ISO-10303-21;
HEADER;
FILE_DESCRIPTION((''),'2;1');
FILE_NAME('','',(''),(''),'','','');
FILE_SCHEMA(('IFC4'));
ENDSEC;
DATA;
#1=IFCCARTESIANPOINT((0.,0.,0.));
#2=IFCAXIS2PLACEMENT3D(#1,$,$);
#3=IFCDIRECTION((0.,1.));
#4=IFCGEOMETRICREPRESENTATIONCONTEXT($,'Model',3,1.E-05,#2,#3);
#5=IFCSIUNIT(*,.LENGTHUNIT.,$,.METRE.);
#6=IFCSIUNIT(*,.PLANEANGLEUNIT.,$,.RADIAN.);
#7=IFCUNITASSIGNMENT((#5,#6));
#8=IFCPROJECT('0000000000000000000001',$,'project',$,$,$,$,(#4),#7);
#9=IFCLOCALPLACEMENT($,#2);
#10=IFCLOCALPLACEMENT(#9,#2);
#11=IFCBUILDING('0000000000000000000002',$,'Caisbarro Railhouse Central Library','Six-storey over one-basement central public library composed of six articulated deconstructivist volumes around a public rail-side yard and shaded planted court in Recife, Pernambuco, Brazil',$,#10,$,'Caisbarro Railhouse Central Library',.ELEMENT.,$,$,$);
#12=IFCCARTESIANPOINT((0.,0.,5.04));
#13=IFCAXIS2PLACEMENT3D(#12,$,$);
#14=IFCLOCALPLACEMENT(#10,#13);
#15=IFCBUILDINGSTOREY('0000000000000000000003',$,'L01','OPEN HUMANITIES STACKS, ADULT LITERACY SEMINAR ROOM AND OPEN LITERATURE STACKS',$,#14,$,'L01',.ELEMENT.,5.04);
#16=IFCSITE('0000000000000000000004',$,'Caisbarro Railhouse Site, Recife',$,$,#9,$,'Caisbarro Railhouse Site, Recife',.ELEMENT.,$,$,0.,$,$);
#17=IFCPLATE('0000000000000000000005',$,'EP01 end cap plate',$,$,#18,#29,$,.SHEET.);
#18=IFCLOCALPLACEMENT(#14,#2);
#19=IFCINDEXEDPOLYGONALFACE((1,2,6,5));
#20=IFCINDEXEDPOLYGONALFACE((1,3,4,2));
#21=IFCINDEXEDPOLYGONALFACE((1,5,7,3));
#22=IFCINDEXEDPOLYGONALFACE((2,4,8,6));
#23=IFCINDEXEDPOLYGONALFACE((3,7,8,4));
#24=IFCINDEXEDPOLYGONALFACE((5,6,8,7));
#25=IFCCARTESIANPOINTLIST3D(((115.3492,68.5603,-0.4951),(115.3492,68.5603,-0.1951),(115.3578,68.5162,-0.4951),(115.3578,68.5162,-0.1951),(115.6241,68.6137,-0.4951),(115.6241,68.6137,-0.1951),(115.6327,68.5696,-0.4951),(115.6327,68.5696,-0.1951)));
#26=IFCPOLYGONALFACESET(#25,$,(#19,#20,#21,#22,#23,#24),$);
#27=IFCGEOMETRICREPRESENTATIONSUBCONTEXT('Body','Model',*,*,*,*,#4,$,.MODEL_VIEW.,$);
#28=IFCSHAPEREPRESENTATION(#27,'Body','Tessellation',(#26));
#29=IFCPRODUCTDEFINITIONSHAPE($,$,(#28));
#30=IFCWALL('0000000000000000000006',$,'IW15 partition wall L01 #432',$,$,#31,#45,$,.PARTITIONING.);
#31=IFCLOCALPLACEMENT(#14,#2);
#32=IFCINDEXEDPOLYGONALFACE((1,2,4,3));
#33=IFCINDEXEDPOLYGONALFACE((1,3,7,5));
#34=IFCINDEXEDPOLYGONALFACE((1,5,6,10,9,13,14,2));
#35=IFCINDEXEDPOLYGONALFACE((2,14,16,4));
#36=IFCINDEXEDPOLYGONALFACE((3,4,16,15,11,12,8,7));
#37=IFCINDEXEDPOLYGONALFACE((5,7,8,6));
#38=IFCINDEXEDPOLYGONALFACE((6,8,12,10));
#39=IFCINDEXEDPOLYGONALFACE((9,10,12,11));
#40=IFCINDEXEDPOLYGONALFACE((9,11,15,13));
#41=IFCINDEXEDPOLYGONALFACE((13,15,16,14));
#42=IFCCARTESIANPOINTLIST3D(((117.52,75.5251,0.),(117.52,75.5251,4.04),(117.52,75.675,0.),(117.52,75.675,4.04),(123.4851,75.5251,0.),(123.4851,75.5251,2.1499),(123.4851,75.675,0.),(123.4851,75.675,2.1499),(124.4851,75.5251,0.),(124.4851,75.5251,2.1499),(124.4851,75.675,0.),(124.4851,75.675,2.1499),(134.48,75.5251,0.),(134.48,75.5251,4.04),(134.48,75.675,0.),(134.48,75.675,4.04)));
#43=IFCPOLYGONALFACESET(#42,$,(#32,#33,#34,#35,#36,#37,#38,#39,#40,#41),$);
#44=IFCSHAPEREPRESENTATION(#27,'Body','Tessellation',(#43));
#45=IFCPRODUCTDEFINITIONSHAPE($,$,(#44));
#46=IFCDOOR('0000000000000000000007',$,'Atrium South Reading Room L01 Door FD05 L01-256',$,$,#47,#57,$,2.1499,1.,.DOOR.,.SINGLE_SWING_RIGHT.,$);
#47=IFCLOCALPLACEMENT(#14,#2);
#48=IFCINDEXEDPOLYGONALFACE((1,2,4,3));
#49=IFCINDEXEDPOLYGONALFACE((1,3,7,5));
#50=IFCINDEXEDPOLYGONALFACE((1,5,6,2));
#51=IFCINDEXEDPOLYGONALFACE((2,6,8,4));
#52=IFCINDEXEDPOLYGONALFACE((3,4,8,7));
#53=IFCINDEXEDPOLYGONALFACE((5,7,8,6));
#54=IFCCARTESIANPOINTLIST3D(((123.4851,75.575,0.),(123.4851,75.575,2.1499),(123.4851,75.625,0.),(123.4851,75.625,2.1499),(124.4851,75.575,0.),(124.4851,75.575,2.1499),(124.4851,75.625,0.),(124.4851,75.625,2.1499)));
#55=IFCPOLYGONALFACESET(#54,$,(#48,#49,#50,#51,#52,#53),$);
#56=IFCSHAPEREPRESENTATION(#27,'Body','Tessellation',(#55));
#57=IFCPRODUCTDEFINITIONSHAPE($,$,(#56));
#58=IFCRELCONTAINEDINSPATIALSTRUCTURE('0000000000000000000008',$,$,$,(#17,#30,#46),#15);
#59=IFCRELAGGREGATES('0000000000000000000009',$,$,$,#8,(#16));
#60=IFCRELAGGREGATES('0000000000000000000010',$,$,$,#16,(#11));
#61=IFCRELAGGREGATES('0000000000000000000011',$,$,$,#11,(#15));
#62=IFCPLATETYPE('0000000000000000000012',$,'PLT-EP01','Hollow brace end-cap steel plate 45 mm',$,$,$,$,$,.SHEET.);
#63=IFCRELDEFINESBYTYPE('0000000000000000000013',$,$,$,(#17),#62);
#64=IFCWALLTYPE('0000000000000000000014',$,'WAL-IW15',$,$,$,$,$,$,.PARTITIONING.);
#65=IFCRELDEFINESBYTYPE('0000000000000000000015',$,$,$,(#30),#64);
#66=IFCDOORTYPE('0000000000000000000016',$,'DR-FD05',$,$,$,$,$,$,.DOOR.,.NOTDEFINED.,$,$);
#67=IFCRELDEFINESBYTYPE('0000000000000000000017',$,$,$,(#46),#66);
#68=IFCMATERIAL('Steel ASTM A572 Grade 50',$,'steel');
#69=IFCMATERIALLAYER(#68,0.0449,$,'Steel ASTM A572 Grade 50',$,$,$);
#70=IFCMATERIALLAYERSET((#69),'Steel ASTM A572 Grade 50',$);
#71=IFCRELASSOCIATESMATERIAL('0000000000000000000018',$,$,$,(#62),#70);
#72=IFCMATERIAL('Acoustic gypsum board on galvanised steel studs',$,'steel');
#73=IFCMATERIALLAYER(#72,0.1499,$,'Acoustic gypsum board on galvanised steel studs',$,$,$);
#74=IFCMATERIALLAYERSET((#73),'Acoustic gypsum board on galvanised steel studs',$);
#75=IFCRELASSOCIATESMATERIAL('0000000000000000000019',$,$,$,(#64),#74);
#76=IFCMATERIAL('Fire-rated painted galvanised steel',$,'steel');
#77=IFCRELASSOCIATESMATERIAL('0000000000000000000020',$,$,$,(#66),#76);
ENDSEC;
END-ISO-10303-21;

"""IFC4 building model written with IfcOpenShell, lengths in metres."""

from ifc_helpers import new_model, si_unit, direction, frame, frame_2d, origin, origin_2d, place, context, subcontext, project, spatial, rectangle, extrude, material, layer, layer_set, type_object, element, fill, save


model = new_model("IFC4")

# Units and contexts
model_context = context("Model", 3, precision=1e-05, world=origin(), true_north=direction((0.0, 1.0)))
body_context = subcontext(model_context, "Body", "Model", "MODEL_VIEW")
ifc_project = project(units=[si_unit("LENGTHUNIT", "METRE"), si_unit("PLANEANGLEUNIT", "RADIAN")], contexts=[model_context])

# Site, building, storey
site_placement = place(None, origin())
site = spatial("IfcSite", under=ifc_project, at=site_placement, Name="Caisbarro Railhouse Site, Recife", LongName="Caisbarro Railhouse Site, Recife", CompositionType="ELEMENT", RefElevation=0.0)
building_placement = place(site_placement, origin())
building = spatial("IfcBuilding", under=site, at=building_placement, Name="Caisbarro Railhouse Central Library", Description="Six-storey over one-basement central public library composed of six articulated deconstructivist volumes around a public rail-side yard and shaded planted court in Recife, Pernambuco, Brazil", LongName="Caisbarro Railhouse Central Library", CompositionType="ELEMENT")
storey_placement = place(building_placement, frame((0.0, 0.0, 5.04)))
storey = spatial("IfcBuildingStorey", under=building, at=storey_placement, Name="L01", Description="OPEN HUMANITIES STACKS, ADULT LITERACY SEMINAR ROOM AND OPEN LITERATURE STACKS", LongName="L01", CompositionType="ELEMENT", Elevation=5.04)

# Shared definitions
ifc_material_1 = material(Name="Steel ASTM A572 Grade 50", Category="steel")

# Plate
ifc_layer_1 = layer(ifc_material_1, 0.0449, Name="Steel ASTM A572 Grade 50")
ifc_layer_set_1 = layer_set([ifc_layer_1], Name="Steel ASTM A572 Grade 50")
plate_type_1 = type_object("IfcPlateType", Name="PLT-EP01", Description="Hollow brace end-cap steel plate 45 mm", PredefinedType="SHEET", material=ifc_layer_set_1)
for number, where, z_axis, x_axis, name in (
    (1, (115.491, 68.5649, -0.4951), (0.0, 0.0, 1.0), (-0.190809, 0.981627, 0.0), "EP01 end cap plate"),
):
    element("IfcPlate", number, at=place(storey_placement, frame(where, z_axis=z_axis, x_axis=x_axis)), inside=storey, type_object=plate_type_1, Name=name, PredefinedType="SHEET", context=body_context, shape_type="SweptSolid", body=[
        extrude(rectangle(XDim=0.0449, YDim=0.28, at=origin_2d()), origin(), (0.0, 0.0, 1.0), 0.3),
    ])

# Wall, opening, door
ifc_material_2 = material(Name="Acoustic gypsum board on galvanised steel studs", Category="steel")
ifc_layer_2 = layer(ifc_material_2, 0.1499, Name="Acoustic gypsum board on galvanised steel studs")
ifc_layer_set_2 = layer_set([ifc_layer_2], Name="Acoustic gypsum board on galvanised steel studs")
wall_type = type_object("IfcWallType", Name="WAL-IW15", PredefinedType="PARTITIONING", material=ifc_layer_set_2)
wall_placement = place(storey_placement, frame((117.52, 75.6001, 0.0), z_axis=(0.0, 0.0, 1.0), x_axis=(1.0, 0.0, 0.0)))
wall = element("IfcWall", 2, at=wall_placement, inside=storey, type_object=wall_type, Name="IW15 partition wall L01 #432", PredefinedType="PARTITIONING", context=body_context, shape_type="SweptSolid", body=[
    extrude(rectangle(XDim=16.96, YDim=0.1499, at=frame_2d((8.48, 0.0))), origin(), (0.0, 0.0, 1.0), 4.04),
])
opening_placement = place(wall_placement, frame((5.9651, 0.0, 0.0)))
opening = element("IfcOpeningElement", 3, at=opening_placement, cuts=wall, PredefinedType="OPENING", context=body_context, shape_type="SweptSolid", body=[
    extrude(rectangle(XDim=1.0, YDim=2.1499, at=frame_2d((0.5, 1.075))), frame((0.0, 0.085, 0.0), z_axis=(0.0, -1.0, 0.0), x_axis=(1.0, 0.0, 0.0)), (0.0, 0.0, 1.0), 0.1699),
])
ifc_material_3 = material(Name="Fire-rated painted galvanised steel", Category="steel")
door_type = type_object("IfcDoorType", Name="DR-FD05", OperationType="NOTDEFINED", PredefinedType="DOOR", material=ifc_material_3)
door_placement = place(opening_placement, origin())
door = element("IfcDoor", 4, at=door_placement, inside=storey, type_object=door_type, Name="Atrium South Reading Room L01 Door FD05 L01-256", OperationType="SINGLE_SWING_RIGHT", OverallHeight=2.1499, OverallWidth=1.0, PredefinedType="DOOR", context=body_context, shape_type="SweptSolid", body=[
    extrude(rectangle(XDim=1.0, YDim=2.1499, at=frame_2d((0.5, 1.075))), frame((0.0, 0.0249, 0.0), z_axis=(0.0, -1.0, 0.0), x_axis=(1.0, 0.0, 0.0)), (0.0, 0.0, 1.0), 0.05),
])
fill(opening, door)

save(model, "model.ifc")
